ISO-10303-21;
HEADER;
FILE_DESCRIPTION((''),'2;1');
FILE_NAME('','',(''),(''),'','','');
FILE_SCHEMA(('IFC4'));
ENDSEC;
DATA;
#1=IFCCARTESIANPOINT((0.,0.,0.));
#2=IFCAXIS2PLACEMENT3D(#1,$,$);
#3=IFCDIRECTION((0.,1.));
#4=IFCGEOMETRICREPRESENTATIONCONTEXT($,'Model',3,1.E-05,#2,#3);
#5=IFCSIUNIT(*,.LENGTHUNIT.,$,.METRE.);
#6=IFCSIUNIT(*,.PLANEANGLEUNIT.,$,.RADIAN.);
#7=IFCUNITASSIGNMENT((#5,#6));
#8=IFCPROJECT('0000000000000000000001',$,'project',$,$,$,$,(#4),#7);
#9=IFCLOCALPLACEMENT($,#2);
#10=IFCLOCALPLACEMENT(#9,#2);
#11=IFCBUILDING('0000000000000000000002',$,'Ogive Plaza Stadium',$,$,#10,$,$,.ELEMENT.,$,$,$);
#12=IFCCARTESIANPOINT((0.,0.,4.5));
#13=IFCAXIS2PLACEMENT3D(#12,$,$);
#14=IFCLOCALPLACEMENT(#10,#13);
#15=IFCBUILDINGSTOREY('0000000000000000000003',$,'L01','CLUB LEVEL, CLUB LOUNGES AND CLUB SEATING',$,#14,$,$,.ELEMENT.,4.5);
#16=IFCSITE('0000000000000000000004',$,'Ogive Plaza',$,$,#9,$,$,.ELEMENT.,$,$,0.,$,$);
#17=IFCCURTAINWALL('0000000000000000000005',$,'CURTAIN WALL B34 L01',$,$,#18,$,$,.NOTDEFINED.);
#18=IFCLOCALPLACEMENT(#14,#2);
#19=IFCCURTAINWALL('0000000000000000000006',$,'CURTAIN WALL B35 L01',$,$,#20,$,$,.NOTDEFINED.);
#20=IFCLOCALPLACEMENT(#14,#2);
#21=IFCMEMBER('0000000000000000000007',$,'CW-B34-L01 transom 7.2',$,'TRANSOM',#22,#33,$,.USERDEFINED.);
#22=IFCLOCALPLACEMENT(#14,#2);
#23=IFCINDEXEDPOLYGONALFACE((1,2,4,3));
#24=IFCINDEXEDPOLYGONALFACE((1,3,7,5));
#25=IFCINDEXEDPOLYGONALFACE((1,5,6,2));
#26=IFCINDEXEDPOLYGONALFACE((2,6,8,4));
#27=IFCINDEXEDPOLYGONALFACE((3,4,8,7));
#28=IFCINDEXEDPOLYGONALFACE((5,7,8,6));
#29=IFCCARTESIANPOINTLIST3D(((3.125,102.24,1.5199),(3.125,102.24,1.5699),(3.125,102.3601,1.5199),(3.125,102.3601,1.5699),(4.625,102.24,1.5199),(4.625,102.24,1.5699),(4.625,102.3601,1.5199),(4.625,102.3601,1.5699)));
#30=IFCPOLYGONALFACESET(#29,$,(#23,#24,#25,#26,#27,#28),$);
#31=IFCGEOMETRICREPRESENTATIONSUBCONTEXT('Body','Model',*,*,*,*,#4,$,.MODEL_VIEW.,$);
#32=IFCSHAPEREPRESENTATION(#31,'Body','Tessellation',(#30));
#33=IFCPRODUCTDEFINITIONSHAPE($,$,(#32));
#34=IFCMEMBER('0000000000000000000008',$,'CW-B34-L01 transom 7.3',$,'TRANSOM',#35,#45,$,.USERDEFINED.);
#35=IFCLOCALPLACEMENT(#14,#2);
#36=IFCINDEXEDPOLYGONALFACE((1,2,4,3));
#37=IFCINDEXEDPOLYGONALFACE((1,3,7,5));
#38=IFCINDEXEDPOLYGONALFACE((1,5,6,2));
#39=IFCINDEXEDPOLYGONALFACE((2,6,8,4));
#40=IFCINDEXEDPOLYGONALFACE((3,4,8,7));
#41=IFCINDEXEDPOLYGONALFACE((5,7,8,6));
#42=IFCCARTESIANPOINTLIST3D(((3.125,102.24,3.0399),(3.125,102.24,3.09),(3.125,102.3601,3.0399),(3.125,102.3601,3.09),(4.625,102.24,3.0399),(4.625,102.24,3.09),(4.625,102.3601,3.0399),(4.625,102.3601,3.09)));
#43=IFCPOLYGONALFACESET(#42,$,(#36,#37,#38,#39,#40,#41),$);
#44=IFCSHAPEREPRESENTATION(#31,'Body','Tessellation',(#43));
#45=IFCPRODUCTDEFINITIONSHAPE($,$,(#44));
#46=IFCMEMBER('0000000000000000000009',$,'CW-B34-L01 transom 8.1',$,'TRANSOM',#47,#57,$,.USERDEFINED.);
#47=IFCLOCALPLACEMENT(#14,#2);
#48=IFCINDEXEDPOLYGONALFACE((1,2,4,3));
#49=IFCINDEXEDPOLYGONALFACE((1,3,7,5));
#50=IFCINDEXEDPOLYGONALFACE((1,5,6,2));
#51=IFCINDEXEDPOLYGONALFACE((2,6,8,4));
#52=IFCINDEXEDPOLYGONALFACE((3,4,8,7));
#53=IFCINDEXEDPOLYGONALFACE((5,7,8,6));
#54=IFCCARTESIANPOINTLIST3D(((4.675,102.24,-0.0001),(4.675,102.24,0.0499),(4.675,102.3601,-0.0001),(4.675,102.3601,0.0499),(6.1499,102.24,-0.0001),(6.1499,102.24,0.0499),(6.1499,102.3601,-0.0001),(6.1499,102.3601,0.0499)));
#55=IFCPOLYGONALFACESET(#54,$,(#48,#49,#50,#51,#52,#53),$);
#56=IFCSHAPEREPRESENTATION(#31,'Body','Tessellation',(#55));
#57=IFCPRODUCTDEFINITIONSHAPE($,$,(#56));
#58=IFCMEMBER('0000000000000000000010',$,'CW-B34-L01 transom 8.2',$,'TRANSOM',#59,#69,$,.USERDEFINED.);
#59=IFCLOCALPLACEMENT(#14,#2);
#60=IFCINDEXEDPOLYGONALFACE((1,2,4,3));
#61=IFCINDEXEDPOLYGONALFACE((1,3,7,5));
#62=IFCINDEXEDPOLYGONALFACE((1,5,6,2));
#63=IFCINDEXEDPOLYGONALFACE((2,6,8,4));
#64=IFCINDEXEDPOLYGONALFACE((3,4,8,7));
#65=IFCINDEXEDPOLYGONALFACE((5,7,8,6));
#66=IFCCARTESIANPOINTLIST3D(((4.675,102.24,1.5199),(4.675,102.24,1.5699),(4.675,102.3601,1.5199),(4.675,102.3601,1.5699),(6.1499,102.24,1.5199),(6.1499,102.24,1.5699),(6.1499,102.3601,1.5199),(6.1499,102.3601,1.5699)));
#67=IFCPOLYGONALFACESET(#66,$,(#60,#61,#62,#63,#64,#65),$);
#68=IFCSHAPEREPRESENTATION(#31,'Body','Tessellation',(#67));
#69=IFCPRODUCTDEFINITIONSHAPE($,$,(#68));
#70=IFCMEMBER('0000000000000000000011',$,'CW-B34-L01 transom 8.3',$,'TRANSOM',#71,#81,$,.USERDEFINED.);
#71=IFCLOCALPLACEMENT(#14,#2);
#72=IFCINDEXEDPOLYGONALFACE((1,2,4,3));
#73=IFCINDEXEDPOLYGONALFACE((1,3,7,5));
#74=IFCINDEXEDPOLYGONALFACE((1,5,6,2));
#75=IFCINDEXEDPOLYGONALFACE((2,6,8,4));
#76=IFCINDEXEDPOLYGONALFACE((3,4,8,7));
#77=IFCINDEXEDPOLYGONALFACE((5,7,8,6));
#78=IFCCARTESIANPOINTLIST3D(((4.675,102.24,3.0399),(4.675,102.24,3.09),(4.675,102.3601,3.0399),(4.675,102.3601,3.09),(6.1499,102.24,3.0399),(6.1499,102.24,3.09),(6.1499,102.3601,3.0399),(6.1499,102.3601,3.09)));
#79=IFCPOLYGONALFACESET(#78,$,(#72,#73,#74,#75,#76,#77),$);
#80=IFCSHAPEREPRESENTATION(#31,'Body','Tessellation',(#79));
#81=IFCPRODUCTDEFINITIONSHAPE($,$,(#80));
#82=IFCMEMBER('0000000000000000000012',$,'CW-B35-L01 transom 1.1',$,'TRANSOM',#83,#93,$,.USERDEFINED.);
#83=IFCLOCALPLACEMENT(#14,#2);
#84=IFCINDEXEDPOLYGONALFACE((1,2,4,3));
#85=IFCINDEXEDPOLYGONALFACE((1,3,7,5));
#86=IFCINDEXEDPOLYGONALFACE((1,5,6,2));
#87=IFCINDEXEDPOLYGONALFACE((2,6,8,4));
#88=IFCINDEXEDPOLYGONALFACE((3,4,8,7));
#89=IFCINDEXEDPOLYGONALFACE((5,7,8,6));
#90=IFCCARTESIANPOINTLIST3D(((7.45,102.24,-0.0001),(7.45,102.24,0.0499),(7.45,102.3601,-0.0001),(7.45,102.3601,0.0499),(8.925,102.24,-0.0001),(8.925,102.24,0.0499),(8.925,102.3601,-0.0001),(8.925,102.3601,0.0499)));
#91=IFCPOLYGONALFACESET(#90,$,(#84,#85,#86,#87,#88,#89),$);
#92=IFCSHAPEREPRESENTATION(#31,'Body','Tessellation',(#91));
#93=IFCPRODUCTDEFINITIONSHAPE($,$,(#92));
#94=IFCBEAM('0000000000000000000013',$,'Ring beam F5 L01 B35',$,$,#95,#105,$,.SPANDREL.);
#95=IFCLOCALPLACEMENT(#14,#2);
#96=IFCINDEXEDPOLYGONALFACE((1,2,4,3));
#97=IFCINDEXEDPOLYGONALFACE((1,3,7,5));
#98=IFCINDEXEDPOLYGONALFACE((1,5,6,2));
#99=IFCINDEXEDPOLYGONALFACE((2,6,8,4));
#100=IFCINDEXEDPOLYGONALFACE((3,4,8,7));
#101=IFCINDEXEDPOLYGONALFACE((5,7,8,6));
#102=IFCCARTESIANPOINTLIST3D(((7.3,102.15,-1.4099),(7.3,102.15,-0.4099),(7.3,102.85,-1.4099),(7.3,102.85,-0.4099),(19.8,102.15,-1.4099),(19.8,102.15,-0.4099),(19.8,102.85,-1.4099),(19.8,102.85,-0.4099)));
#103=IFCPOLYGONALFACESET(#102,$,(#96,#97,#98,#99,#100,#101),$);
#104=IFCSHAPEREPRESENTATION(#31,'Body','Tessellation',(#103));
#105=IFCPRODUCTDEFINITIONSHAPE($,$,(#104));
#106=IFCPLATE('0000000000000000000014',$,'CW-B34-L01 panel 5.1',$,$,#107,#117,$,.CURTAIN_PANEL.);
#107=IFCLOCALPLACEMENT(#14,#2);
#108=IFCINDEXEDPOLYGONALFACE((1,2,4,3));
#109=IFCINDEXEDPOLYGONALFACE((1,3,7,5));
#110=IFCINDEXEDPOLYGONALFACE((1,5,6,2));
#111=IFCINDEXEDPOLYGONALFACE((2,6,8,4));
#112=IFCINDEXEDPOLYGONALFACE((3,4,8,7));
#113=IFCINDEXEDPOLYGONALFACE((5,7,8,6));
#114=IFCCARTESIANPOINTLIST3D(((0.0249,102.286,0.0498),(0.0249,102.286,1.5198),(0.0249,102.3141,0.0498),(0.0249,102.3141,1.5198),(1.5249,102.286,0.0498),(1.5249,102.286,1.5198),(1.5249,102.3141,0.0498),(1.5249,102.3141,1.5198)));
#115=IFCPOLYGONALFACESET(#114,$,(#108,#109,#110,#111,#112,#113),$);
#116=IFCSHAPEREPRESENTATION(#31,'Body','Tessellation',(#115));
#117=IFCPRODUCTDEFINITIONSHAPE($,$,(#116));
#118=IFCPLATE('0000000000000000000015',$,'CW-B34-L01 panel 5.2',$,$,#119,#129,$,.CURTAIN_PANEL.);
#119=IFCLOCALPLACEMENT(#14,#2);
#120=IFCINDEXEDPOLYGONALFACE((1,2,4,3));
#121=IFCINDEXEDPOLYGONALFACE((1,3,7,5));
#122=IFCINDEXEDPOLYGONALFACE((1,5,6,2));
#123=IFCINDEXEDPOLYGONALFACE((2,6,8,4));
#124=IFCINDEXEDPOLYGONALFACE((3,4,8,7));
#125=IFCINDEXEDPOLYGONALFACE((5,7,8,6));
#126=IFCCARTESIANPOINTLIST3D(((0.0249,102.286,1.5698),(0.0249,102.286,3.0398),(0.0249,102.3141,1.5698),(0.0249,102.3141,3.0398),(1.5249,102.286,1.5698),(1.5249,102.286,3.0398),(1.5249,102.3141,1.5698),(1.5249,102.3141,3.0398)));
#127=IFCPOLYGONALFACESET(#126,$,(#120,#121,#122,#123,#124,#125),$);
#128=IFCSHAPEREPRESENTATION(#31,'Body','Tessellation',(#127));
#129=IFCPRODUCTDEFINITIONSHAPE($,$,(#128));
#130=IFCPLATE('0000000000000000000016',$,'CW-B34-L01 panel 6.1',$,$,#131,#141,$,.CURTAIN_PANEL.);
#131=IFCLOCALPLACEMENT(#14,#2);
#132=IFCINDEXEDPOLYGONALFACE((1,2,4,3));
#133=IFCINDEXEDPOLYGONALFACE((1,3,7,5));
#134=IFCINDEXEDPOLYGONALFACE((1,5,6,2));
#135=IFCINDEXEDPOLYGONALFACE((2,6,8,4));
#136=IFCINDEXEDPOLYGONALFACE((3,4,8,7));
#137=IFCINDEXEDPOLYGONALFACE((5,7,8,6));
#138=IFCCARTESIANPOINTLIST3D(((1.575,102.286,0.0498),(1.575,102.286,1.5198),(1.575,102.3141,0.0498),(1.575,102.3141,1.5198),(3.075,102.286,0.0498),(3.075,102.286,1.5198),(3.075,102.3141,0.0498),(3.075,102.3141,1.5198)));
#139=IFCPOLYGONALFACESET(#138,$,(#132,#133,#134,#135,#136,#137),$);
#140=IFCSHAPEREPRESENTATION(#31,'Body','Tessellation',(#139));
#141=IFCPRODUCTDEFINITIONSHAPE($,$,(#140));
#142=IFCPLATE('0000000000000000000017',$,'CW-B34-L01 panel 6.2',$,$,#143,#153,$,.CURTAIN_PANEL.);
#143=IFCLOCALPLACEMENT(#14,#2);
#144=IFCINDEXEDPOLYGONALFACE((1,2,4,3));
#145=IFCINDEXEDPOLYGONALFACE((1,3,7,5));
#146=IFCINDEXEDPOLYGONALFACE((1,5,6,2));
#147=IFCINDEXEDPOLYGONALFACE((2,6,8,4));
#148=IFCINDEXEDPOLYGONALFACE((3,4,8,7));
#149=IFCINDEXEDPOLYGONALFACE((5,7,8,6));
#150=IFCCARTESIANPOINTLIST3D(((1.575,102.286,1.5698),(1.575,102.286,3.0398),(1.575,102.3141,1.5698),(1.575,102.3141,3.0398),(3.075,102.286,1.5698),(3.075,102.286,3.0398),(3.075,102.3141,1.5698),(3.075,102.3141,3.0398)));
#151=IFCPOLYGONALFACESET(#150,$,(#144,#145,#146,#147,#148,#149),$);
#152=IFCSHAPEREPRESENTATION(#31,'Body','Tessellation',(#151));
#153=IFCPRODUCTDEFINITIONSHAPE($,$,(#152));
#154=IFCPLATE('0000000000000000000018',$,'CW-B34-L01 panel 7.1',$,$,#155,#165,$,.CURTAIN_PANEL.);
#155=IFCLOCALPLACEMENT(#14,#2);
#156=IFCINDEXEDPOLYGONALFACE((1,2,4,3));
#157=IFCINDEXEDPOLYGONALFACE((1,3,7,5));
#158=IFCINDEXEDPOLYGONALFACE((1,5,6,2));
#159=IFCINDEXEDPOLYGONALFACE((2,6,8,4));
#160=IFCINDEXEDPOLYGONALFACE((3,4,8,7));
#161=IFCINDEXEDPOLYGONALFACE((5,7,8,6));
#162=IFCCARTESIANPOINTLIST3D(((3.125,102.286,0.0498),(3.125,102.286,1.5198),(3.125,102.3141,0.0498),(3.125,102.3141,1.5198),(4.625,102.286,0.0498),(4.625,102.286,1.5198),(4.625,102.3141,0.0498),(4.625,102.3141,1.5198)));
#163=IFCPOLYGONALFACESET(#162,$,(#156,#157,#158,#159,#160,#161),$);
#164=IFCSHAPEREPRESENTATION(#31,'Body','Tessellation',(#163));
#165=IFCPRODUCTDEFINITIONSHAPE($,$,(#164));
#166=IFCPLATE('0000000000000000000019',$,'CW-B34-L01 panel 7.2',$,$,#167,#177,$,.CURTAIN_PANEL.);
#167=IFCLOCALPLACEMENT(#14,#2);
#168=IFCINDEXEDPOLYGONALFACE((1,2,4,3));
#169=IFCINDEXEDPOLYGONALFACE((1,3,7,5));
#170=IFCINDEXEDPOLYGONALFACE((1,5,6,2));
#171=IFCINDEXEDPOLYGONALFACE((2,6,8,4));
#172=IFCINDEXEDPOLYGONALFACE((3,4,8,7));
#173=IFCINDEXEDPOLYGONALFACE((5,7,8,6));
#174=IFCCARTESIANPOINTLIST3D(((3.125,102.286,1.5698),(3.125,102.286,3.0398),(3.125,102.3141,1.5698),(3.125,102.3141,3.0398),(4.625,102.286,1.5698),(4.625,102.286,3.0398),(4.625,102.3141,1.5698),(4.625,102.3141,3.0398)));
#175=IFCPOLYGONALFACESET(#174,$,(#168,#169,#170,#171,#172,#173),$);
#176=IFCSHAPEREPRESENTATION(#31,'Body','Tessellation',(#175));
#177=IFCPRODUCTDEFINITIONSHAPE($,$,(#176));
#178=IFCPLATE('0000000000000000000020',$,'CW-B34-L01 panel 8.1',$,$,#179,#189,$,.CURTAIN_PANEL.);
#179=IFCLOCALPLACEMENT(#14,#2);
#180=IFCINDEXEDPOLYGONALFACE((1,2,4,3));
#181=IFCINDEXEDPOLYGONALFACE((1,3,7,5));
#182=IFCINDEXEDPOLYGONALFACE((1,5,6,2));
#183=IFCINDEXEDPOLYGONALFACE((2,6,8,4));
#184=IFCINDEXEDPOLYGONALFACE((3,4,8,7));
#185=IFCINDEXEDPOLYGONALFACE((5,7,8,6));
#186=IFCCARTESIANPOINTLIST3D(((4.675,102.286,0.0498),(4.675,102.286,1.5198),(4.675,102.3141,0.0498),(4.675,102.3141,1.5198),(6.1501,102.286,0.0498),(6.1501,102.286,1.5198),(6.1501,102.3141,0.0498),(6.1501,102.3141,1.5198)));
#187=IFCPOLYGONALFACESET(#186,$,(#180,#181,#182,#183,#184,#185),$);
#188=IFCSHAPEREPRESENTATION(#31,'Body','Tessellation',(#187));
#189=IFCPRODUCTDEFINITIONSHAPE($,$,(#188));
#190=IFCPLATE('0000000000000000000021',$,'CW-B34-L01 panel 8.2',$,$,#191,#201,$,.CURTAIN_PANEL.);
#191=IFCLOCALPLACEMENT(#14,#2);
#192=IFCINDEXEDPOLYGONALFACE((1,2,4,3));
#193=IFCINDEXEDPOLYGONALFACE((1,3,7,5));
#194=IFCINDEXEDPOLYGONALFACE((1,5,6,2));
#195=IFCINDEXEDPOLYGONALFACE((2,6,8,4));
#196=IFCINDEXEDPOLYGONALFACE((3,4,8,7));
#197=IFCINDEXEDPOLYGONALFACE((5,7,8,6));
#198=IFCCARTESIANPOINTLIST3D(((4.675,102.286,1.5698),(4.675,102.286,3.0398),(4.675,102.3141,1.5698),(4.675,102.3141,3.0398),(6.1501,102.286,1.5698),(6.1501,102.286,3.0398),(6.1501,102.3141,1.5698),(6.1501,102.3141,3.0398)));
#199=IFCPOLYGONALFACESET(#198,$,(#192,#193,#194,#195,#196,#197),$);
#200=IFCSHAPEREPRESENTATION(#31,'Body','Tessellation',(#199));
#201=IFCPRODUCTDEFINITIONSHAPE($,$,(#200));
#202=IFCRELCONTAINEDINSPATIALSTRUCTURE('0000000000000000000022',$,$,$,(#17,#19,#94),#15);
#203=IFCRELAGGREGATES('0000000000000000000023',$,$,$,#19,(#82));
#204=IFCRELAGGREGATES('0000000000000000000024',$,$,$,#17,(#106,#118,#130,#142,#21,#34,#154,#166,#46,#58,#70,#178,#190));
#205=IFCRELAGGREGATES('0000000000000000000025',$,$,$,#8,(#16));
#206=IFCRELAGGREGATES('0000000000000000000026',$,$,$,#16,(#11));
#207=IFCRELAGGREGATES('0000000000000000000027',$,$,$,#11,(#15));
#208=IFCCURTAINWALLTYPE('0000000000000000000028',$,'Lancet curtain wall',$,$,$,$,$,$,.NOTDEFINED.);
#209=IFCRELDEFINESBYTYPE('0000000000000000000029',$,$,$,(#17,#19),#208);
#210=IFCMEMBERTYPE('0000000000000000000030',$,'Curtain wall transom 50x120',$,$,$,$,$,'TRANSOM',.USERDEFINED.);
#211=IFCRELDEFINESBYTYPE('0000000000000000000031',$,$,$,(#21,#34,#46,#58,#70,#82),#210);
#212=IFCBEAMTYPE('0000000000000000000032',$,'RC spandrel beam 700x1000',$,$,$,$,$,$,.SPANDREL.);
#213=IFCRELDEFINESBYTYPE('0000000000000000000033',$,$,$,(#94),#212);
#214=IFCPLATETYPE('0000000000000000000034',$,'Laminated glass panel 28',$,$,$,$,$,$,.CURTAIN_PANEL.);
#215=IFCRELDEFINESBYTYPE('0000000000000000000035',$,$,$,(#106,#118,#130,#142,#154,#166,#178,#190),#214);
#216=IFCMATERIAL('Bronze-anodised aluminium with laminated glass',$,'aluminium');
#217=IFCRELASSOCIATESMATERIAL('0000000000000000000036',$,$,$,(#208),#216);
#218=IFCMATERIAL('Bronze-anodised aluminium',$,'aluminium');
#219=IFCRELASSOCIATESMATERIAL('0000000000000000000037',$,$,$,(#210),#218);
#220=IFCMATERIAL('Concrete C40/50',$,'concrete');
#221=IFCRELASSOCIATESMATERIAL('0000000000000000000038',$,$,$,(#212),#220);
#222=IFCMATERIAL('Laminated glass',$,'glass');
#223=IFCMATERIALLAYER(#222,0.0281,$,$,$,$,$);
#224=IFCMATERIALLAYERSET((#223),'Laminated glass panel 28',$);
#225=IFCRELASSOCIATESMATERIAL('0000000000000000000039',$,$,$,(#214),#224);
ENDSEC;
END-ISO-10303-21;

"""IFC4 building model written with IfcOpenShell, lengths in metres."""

from ifc_helpers import new_model, si_unit, direction, frame, origin, origin_2d, place, context, subcontext, project, spatial, rectangle, extrude, material, layer, layer_set, material_profile, profile_set, type_object, element, aggregate, save


model = new_model("IFC4")

# Units and contexts
model_context = context("Model", 3, precision=1e-05, world=origin(), true_north=direction((0.0, 1.0)))
body_context = subcontext(model_context, "Body", "Model", "MODEL_VIEW")
ifc_project = project(units=[si_unit("LENGTHUNIT", "METRE"), si_unit("PLANEANGLEUNIT", "RADIAN")], contexts=[model_context])

# Site, building, storey
site_placement = place(None, origin())
site = spatial("IfcSite", under=ifc_project, at=site_placement, Name="Ogive Plaza", CompositionType="ELEMENT", RefElevation=0.0)
building_placement = place(site_placement, origin())
building = spatial("IfcBuilding", under=site, at=building_placement, Name="Ogive Plaza Stadium", CompositionType="ELEMENT")
storey_placement = place(building_placement, frame((0.0, 0.0, 4.5)))
storey = spatial("IfcBuildingStorey", under=building, at=storey_placement, Name="L01", Description="CLUB LEVEL, CLUB LOUNGES AND CLUB SEATING", CompositionType="ELEMENT", Elevation=4.5)

# Curtain wall
ifc_material_1 = material(Name="Bronze-anodised aluminium with laminated glass", Category="aluminium")
curtain_wall_type = type_object("IfcCurtainWallType", Name="Lancet curtain wall", PredefinedType="NOTDEFINED", material=ifc_material_1)
curtain_wall_1_placement = place(storey_placement, origin())
curtain_wall_1 = element("IfcCurtainWall", 1, at=curtain_wall_1_placement, inside=storey, type_object=curtain_wall_type, Name="CURTAIN WALL B34 L01", PredefinedType="NOTDEFINED")

# Curtain wall
curtain_wall_2_placement = place(storey_placement, origin())
curtain_wall_2 = element("IfcCurtainWall", 2, at=curtain_wall_2_placement, inside=storey, type_object=curtain_wall_type, Name="CURTAIN WALL B35 L01", PredefinedType="NOTDEFINED")

# Members
ifc_material_2 = material(Name="Bronze-anodised aluminium", Category="aluminium")
ifc_material_profile_1 = material_profile(ifc_material_2, rectangle(XDim=0.1201, YDim=0.05, at=origin_2d()), Name="AL 120x50")
ifc_profile_set_1 = profile_set([ifc_material_profile_1], Name="Bronze-anodised aluminium")
member_type_1 = type_object("IfcMemberType", Name="Curtain wall transom 50x120", ElementType="TRANSOM", PredefinedType="USERDEFINED", material=ifc_profile_set_1)
member_1_placement = place(storey_placement, frame((3.125, 102.3, 1.5449), z_axis=(1.0, 0.0, 0.0), x_axis=(0.0, 1.0, 0.0)))
member_1 = element("IfcMember", 3, at=member_1_placement, type_object=member_type_1, Name="CW-B34-L01 transom 7.2", ObjectType="TRANSOM", PredefinedType="USERDEFINED", context=body_context, shape_type="SweptSolid", body=[
    extrude(rectangle(XDim=0.1201, YDim=0.05, at=origin_2d()), origin(), (0.0, 0.0, 1.0), 1.5),
])
member_2_placement = place(storey_placement, frame((3.125, 102.3, 3.0649), z_axis=(1.0, 0.0, 0.0), x_axis=(0.0, 1.0, 0.0)))
member_2 = element("IfcMember", 4, at=member_2_placement, type_object=member_type_1, Name="CW-B34-L01 transom 7.3", ObjectType="TRANSOM", PredefinedType="USERDEFINED", context=body_context, shape_type="SweptSolid", body=[
    extrude(rectangle(XDim=0.1201, YDim=0.05, at=origin_2d()), origin(), (0.0, 0.0, 1.0), 1.5),
])
member_3_placement = place(storey_placement, frame((4.675, 102.3, 0.0249), z_axis=(1.0, 0.0, 0.0), x_axis=(0.0, 1.0, 0.0)))
member_3 = element("IfcMember", 5, at=member_3_placement, type_object=member_type_1, Name="CW-B34-L01 transom 8.1", ObjectType="TRANSOM", PredefinedType="USERDEFINED", context=body_context, shape_type="SweptSolid", body=[
    extrude(rectangle(XDim=0.1201, YDim=0.05, at=origin_2d()), origin(), (0.0, 0.0, 1.0), 1.4749),
])
member_4_placement = place(storey_placement, frame((4.675, 102.3, 1.5449), z_axis=(1.0, 0.0, 0.0), x_axis=(0.0, 1.0, 0.0)))
member_4 = element("IfcMember", 6, at=member_4_placement, type_object=member_type_1, Name="CW-B34-L01 transom 8.2", ObjectType="TRANSOM", PredefinedType="USERDEFINED", context=body_context, shape_type="SweptSolid", body=[
    extrude(rectangle(XDim=0.1201, YDim=0.05, at=origin_2d()), origin(), (0.0, 0.0, 1.0), 1.4749),
])
member_5_placement = place(storey_placement, frame((4.675, 102.3, 3.0649), z_axis=(1.0, 0.0, 0.0), x_axis=(0.0, 1.0, 0.0)))
member_5 = element("IfcMember", 7, at=member_5_placement, type_object=member_type_1, Name="CW-B34-L01 transom 8.3", ObjectType="TRANSOM", PredefinedType="USERDEFINED", context=body_context, shape_type="SweptSolid", body=[
    extrude(rectangle(XDim=0.1201, YDim=0.05, at=origin_2d()), origin(), (0.0, 0.0, 1.0), 1.4749),
])
member_6_placement = place(storey_placement, frame((7.45, 102.3, 0.0249), z_axis=(1.0, 0.0, 0.0), x_axis=(0.0, 1.0, 0.0)))
member_6 = element("IfcMember", 8, at=member_6_placement, type_object=member_type_1, Name="CW-B35-L01 transom 1.1", ObjectType="TRANSOM", PredefinedType="USERDEFINED", context=body_context, shape_type="SweptSolid", body=[
    extrude(rectangle(XDim=0.1201, YDim=0.05, at=origin_2d()), origin(), (0.0, 0.0, 1.0), 1.4751),
])
aggregate(curtain_wall_2, [member_6])

# Beam
ifc_material_3 = material(Name="Concrete C40/50", Category="concrete")
ifc_material_profile_2 = material_profile(ifc_material_3, rectangle(XDim=0.7, YDim=1.0, at=origin_2d()), Name="RC 700x1000")
ifc_profile_set_2 = profile_set([ifc_material_profile_2], Name="Concrete C40/50")
beam_type = type_object("IfcBeamType", Name="RC spandrel beam 700x1000", PredefinedType="SPANDREL", material=ifc_profile_set_2)
beam_placement = place(storey_placement, frame((7.3, 102.5, -0.9099), z_axis=(1.0, 0.0, 0.0), x_axis=(0.0, 1.0, 0.0)))
element("IfcBeam", 9, at=beam_placement, inside=storey, type_object=beam_type, Name="Ring beam F5 L01 B35", PredefinedType="SPANDREL", context=body_context, shape_type="SweptSolid", body=[
    extrude(rectangle(XDim=0.7, YDim=1.0, at=origin_2d()), origin(), (0.0, 0.0, 1.0), 12.5),
])

# Plates
ifc_material_4 = material(Name="Laminated glass", Category="glass")
ifc_layer_1 = layer(ifc_material_4, 0.0281)
ifc_layer_set_1 = layer_set([ifc_layer_1], Name="Laminated glass panel 28")
plate_type = type_object("IfcPlateType", Name="Laminated glass panel 28", PredefinedType="CURTAIN_PANEL", material=ifc_layer_set_1)
plate_1_placement = place(storey_placement, frame((0.7749, 102.3, 0.0498), z_axis=(0.0, 0.0, 1.0), x_axis=(1.0, 0.0, 0.0)))
plate_1 = element("IfcPlate", 10, at=plate_1_placement, type_object=plate_type, Name="CW-B34-L01 panel 5.1", PredefinedType="CURTAIN_PANEL", context=body_context, shape_type="SweptSolid", body=[
    extrude(rectangle(XDim=1.5, YDim=0.0281, at=origin_2d()), origin(), (0.0, 0.0, 1.0), 1.47),
])
plate_2_placement = place(storey_placement, frame((0.7749, 102.3, 1.5698), z_axis=(0.0, 0.0, 1.0), x_axis=(1.0, 0.0, 0.0)))
plate_2 = element("IfcPlate", 11, at=plate_2_placement, type_object=plate_type, Name="CW-B34-L01 panel 5.2", PredefinedType="CURTAIN_PANEL", context=body_context, shape_type="SweptSolid", body=[
    extrude(rectangle(XDim=1.5, YDim=0.0281, at=origin_2d()), origin(), (0.0, 0.0, 1.0), 1.47),
])
plate_3_placement = place(storey_placement, frame((2.325, 102.3, 0.0498), z_axis=(0.0, 0.0, 1.0), x_axis=(1.0, 0.0, 0.0)))
plate_3 = element("IfcPlate", 12, at=plate_3_placement, type_object=plate_type, Name="CW-B34-L01 panel 6.1", PredefinedType="CURTAIN_PANEL", context=body_context, shape_type="SweptSolid", body=[
    extrude(rectangle(XDim=1.5, YDim=0.0281, at=origin_2d()), origin(), (0.0, 0.0, 1.0), 1.47),
])
plate_4_placement = place(storey_placement, frame((2.325, 102.3, 1.5698), z_axis=(0.0, 0.0, 1.0), x_axis=(1.0, 0.0, 0.0)))
plate_4 = element("IfcPlate", 13, at=plate_4_placement, type_object=plate_type, Name="CW-B34-L01 panel 6.2", PredefinedType="CURTAIN_PANEL", context=body_context, shape_type="SweptSolid", body=[
    extrude(rectangle(XDim=1.5, YDim=0.0281, at=origin_2d()), origin(), (0.0, 0.0, 1.0), 1.47),
])
plate_5_placement = place(storey_placement, frame((3.875, 102.3, 0.0498), z_axis=(0.0, 0.0, 1.0), x_axis=(1.0, 0.0, 0.0)))
plate_5 = element("IfcPlate", 14, at=plate_5_placement, type_object=plate_type, Name="CW-B34-L01 panel 7.1", PredefinedType="CURTAIN_PANEL", context=body_context, shape_type="SweptSolid", body=[
    extrude(rectangle(XDim=1.5, YDim=0.0281, at=origin_2d()), origin(), (0.0, 0.0, 1.0), 1.47),
])
plate_6_placement = place(storey_placement, frame((3.875, 102.3, 1.5698), z_axis=(0.0, 0.0, 1.0), x_axis=(1.0, 0.0, 0.0)))
plate_6 = element("IfcPlate", 15, at=plate_6_placement, type_object=plate_type, Name="CW-B34-L01 panel 7.2", PredefinedType="CURTAIN_PANEL", context=body_context, shape_type="SweptSolid", body=[
    extrude(rectangle(XDim=1.5, YDim=0.0281, at=origin_2d()), origin(), (0.0, 0.0, 1.0), 1.47),
])
plate_7_placement = place(storey_placement, frame((5.4126, 102.3, 0.0498), z_axis=(0.0, 0.0, 1.0), x_axis=(1.0, 0.0, 0.0)))
plate_7 = element("IfcPlate", 16, at=plate_7_placement, type_object=plate_type, Name="CW-B34-L01 panel 8.1", PredefinedType="CURTAIN_PANEL", context=body_context, shape_type="SweptSolid", body=[
    extrude(rectangle(XDim=1.4751, YDim=0.0281, at=origin_2d()), origin(), (0.0, 0.0, 1.0), 1.47),
])
plate_8_placement = place(storey_placement, frame((5.4126, 102.3, 1.5698), z_axis=(0.0, 0.0, 1.0), x_axis=(1.0, 0.0, 0.0)))
plate_8 = element("IfcPlate", 17, at=plate_8_placement, type_object=plate_type, Name="CW-B34-L01 panel 8.2", PredefinedType="CURTAIN_PANEL", context=body_context, shape_type="SweptSolid", body=[
    extrude(rectangle(XDim=1.4751, YDim=0.0281, at=origin_2d()), origin(), (0.0, 0.0, 1.0), 1.47),
])
aggregate(curtain_wall_1, [plate_1, plate_2, plate_3, plate_4, member_1, member_2, plate_5, plate_6, member_3, member_4, member_5, plate_7, plate_8])

save(model, "model.ifc")
